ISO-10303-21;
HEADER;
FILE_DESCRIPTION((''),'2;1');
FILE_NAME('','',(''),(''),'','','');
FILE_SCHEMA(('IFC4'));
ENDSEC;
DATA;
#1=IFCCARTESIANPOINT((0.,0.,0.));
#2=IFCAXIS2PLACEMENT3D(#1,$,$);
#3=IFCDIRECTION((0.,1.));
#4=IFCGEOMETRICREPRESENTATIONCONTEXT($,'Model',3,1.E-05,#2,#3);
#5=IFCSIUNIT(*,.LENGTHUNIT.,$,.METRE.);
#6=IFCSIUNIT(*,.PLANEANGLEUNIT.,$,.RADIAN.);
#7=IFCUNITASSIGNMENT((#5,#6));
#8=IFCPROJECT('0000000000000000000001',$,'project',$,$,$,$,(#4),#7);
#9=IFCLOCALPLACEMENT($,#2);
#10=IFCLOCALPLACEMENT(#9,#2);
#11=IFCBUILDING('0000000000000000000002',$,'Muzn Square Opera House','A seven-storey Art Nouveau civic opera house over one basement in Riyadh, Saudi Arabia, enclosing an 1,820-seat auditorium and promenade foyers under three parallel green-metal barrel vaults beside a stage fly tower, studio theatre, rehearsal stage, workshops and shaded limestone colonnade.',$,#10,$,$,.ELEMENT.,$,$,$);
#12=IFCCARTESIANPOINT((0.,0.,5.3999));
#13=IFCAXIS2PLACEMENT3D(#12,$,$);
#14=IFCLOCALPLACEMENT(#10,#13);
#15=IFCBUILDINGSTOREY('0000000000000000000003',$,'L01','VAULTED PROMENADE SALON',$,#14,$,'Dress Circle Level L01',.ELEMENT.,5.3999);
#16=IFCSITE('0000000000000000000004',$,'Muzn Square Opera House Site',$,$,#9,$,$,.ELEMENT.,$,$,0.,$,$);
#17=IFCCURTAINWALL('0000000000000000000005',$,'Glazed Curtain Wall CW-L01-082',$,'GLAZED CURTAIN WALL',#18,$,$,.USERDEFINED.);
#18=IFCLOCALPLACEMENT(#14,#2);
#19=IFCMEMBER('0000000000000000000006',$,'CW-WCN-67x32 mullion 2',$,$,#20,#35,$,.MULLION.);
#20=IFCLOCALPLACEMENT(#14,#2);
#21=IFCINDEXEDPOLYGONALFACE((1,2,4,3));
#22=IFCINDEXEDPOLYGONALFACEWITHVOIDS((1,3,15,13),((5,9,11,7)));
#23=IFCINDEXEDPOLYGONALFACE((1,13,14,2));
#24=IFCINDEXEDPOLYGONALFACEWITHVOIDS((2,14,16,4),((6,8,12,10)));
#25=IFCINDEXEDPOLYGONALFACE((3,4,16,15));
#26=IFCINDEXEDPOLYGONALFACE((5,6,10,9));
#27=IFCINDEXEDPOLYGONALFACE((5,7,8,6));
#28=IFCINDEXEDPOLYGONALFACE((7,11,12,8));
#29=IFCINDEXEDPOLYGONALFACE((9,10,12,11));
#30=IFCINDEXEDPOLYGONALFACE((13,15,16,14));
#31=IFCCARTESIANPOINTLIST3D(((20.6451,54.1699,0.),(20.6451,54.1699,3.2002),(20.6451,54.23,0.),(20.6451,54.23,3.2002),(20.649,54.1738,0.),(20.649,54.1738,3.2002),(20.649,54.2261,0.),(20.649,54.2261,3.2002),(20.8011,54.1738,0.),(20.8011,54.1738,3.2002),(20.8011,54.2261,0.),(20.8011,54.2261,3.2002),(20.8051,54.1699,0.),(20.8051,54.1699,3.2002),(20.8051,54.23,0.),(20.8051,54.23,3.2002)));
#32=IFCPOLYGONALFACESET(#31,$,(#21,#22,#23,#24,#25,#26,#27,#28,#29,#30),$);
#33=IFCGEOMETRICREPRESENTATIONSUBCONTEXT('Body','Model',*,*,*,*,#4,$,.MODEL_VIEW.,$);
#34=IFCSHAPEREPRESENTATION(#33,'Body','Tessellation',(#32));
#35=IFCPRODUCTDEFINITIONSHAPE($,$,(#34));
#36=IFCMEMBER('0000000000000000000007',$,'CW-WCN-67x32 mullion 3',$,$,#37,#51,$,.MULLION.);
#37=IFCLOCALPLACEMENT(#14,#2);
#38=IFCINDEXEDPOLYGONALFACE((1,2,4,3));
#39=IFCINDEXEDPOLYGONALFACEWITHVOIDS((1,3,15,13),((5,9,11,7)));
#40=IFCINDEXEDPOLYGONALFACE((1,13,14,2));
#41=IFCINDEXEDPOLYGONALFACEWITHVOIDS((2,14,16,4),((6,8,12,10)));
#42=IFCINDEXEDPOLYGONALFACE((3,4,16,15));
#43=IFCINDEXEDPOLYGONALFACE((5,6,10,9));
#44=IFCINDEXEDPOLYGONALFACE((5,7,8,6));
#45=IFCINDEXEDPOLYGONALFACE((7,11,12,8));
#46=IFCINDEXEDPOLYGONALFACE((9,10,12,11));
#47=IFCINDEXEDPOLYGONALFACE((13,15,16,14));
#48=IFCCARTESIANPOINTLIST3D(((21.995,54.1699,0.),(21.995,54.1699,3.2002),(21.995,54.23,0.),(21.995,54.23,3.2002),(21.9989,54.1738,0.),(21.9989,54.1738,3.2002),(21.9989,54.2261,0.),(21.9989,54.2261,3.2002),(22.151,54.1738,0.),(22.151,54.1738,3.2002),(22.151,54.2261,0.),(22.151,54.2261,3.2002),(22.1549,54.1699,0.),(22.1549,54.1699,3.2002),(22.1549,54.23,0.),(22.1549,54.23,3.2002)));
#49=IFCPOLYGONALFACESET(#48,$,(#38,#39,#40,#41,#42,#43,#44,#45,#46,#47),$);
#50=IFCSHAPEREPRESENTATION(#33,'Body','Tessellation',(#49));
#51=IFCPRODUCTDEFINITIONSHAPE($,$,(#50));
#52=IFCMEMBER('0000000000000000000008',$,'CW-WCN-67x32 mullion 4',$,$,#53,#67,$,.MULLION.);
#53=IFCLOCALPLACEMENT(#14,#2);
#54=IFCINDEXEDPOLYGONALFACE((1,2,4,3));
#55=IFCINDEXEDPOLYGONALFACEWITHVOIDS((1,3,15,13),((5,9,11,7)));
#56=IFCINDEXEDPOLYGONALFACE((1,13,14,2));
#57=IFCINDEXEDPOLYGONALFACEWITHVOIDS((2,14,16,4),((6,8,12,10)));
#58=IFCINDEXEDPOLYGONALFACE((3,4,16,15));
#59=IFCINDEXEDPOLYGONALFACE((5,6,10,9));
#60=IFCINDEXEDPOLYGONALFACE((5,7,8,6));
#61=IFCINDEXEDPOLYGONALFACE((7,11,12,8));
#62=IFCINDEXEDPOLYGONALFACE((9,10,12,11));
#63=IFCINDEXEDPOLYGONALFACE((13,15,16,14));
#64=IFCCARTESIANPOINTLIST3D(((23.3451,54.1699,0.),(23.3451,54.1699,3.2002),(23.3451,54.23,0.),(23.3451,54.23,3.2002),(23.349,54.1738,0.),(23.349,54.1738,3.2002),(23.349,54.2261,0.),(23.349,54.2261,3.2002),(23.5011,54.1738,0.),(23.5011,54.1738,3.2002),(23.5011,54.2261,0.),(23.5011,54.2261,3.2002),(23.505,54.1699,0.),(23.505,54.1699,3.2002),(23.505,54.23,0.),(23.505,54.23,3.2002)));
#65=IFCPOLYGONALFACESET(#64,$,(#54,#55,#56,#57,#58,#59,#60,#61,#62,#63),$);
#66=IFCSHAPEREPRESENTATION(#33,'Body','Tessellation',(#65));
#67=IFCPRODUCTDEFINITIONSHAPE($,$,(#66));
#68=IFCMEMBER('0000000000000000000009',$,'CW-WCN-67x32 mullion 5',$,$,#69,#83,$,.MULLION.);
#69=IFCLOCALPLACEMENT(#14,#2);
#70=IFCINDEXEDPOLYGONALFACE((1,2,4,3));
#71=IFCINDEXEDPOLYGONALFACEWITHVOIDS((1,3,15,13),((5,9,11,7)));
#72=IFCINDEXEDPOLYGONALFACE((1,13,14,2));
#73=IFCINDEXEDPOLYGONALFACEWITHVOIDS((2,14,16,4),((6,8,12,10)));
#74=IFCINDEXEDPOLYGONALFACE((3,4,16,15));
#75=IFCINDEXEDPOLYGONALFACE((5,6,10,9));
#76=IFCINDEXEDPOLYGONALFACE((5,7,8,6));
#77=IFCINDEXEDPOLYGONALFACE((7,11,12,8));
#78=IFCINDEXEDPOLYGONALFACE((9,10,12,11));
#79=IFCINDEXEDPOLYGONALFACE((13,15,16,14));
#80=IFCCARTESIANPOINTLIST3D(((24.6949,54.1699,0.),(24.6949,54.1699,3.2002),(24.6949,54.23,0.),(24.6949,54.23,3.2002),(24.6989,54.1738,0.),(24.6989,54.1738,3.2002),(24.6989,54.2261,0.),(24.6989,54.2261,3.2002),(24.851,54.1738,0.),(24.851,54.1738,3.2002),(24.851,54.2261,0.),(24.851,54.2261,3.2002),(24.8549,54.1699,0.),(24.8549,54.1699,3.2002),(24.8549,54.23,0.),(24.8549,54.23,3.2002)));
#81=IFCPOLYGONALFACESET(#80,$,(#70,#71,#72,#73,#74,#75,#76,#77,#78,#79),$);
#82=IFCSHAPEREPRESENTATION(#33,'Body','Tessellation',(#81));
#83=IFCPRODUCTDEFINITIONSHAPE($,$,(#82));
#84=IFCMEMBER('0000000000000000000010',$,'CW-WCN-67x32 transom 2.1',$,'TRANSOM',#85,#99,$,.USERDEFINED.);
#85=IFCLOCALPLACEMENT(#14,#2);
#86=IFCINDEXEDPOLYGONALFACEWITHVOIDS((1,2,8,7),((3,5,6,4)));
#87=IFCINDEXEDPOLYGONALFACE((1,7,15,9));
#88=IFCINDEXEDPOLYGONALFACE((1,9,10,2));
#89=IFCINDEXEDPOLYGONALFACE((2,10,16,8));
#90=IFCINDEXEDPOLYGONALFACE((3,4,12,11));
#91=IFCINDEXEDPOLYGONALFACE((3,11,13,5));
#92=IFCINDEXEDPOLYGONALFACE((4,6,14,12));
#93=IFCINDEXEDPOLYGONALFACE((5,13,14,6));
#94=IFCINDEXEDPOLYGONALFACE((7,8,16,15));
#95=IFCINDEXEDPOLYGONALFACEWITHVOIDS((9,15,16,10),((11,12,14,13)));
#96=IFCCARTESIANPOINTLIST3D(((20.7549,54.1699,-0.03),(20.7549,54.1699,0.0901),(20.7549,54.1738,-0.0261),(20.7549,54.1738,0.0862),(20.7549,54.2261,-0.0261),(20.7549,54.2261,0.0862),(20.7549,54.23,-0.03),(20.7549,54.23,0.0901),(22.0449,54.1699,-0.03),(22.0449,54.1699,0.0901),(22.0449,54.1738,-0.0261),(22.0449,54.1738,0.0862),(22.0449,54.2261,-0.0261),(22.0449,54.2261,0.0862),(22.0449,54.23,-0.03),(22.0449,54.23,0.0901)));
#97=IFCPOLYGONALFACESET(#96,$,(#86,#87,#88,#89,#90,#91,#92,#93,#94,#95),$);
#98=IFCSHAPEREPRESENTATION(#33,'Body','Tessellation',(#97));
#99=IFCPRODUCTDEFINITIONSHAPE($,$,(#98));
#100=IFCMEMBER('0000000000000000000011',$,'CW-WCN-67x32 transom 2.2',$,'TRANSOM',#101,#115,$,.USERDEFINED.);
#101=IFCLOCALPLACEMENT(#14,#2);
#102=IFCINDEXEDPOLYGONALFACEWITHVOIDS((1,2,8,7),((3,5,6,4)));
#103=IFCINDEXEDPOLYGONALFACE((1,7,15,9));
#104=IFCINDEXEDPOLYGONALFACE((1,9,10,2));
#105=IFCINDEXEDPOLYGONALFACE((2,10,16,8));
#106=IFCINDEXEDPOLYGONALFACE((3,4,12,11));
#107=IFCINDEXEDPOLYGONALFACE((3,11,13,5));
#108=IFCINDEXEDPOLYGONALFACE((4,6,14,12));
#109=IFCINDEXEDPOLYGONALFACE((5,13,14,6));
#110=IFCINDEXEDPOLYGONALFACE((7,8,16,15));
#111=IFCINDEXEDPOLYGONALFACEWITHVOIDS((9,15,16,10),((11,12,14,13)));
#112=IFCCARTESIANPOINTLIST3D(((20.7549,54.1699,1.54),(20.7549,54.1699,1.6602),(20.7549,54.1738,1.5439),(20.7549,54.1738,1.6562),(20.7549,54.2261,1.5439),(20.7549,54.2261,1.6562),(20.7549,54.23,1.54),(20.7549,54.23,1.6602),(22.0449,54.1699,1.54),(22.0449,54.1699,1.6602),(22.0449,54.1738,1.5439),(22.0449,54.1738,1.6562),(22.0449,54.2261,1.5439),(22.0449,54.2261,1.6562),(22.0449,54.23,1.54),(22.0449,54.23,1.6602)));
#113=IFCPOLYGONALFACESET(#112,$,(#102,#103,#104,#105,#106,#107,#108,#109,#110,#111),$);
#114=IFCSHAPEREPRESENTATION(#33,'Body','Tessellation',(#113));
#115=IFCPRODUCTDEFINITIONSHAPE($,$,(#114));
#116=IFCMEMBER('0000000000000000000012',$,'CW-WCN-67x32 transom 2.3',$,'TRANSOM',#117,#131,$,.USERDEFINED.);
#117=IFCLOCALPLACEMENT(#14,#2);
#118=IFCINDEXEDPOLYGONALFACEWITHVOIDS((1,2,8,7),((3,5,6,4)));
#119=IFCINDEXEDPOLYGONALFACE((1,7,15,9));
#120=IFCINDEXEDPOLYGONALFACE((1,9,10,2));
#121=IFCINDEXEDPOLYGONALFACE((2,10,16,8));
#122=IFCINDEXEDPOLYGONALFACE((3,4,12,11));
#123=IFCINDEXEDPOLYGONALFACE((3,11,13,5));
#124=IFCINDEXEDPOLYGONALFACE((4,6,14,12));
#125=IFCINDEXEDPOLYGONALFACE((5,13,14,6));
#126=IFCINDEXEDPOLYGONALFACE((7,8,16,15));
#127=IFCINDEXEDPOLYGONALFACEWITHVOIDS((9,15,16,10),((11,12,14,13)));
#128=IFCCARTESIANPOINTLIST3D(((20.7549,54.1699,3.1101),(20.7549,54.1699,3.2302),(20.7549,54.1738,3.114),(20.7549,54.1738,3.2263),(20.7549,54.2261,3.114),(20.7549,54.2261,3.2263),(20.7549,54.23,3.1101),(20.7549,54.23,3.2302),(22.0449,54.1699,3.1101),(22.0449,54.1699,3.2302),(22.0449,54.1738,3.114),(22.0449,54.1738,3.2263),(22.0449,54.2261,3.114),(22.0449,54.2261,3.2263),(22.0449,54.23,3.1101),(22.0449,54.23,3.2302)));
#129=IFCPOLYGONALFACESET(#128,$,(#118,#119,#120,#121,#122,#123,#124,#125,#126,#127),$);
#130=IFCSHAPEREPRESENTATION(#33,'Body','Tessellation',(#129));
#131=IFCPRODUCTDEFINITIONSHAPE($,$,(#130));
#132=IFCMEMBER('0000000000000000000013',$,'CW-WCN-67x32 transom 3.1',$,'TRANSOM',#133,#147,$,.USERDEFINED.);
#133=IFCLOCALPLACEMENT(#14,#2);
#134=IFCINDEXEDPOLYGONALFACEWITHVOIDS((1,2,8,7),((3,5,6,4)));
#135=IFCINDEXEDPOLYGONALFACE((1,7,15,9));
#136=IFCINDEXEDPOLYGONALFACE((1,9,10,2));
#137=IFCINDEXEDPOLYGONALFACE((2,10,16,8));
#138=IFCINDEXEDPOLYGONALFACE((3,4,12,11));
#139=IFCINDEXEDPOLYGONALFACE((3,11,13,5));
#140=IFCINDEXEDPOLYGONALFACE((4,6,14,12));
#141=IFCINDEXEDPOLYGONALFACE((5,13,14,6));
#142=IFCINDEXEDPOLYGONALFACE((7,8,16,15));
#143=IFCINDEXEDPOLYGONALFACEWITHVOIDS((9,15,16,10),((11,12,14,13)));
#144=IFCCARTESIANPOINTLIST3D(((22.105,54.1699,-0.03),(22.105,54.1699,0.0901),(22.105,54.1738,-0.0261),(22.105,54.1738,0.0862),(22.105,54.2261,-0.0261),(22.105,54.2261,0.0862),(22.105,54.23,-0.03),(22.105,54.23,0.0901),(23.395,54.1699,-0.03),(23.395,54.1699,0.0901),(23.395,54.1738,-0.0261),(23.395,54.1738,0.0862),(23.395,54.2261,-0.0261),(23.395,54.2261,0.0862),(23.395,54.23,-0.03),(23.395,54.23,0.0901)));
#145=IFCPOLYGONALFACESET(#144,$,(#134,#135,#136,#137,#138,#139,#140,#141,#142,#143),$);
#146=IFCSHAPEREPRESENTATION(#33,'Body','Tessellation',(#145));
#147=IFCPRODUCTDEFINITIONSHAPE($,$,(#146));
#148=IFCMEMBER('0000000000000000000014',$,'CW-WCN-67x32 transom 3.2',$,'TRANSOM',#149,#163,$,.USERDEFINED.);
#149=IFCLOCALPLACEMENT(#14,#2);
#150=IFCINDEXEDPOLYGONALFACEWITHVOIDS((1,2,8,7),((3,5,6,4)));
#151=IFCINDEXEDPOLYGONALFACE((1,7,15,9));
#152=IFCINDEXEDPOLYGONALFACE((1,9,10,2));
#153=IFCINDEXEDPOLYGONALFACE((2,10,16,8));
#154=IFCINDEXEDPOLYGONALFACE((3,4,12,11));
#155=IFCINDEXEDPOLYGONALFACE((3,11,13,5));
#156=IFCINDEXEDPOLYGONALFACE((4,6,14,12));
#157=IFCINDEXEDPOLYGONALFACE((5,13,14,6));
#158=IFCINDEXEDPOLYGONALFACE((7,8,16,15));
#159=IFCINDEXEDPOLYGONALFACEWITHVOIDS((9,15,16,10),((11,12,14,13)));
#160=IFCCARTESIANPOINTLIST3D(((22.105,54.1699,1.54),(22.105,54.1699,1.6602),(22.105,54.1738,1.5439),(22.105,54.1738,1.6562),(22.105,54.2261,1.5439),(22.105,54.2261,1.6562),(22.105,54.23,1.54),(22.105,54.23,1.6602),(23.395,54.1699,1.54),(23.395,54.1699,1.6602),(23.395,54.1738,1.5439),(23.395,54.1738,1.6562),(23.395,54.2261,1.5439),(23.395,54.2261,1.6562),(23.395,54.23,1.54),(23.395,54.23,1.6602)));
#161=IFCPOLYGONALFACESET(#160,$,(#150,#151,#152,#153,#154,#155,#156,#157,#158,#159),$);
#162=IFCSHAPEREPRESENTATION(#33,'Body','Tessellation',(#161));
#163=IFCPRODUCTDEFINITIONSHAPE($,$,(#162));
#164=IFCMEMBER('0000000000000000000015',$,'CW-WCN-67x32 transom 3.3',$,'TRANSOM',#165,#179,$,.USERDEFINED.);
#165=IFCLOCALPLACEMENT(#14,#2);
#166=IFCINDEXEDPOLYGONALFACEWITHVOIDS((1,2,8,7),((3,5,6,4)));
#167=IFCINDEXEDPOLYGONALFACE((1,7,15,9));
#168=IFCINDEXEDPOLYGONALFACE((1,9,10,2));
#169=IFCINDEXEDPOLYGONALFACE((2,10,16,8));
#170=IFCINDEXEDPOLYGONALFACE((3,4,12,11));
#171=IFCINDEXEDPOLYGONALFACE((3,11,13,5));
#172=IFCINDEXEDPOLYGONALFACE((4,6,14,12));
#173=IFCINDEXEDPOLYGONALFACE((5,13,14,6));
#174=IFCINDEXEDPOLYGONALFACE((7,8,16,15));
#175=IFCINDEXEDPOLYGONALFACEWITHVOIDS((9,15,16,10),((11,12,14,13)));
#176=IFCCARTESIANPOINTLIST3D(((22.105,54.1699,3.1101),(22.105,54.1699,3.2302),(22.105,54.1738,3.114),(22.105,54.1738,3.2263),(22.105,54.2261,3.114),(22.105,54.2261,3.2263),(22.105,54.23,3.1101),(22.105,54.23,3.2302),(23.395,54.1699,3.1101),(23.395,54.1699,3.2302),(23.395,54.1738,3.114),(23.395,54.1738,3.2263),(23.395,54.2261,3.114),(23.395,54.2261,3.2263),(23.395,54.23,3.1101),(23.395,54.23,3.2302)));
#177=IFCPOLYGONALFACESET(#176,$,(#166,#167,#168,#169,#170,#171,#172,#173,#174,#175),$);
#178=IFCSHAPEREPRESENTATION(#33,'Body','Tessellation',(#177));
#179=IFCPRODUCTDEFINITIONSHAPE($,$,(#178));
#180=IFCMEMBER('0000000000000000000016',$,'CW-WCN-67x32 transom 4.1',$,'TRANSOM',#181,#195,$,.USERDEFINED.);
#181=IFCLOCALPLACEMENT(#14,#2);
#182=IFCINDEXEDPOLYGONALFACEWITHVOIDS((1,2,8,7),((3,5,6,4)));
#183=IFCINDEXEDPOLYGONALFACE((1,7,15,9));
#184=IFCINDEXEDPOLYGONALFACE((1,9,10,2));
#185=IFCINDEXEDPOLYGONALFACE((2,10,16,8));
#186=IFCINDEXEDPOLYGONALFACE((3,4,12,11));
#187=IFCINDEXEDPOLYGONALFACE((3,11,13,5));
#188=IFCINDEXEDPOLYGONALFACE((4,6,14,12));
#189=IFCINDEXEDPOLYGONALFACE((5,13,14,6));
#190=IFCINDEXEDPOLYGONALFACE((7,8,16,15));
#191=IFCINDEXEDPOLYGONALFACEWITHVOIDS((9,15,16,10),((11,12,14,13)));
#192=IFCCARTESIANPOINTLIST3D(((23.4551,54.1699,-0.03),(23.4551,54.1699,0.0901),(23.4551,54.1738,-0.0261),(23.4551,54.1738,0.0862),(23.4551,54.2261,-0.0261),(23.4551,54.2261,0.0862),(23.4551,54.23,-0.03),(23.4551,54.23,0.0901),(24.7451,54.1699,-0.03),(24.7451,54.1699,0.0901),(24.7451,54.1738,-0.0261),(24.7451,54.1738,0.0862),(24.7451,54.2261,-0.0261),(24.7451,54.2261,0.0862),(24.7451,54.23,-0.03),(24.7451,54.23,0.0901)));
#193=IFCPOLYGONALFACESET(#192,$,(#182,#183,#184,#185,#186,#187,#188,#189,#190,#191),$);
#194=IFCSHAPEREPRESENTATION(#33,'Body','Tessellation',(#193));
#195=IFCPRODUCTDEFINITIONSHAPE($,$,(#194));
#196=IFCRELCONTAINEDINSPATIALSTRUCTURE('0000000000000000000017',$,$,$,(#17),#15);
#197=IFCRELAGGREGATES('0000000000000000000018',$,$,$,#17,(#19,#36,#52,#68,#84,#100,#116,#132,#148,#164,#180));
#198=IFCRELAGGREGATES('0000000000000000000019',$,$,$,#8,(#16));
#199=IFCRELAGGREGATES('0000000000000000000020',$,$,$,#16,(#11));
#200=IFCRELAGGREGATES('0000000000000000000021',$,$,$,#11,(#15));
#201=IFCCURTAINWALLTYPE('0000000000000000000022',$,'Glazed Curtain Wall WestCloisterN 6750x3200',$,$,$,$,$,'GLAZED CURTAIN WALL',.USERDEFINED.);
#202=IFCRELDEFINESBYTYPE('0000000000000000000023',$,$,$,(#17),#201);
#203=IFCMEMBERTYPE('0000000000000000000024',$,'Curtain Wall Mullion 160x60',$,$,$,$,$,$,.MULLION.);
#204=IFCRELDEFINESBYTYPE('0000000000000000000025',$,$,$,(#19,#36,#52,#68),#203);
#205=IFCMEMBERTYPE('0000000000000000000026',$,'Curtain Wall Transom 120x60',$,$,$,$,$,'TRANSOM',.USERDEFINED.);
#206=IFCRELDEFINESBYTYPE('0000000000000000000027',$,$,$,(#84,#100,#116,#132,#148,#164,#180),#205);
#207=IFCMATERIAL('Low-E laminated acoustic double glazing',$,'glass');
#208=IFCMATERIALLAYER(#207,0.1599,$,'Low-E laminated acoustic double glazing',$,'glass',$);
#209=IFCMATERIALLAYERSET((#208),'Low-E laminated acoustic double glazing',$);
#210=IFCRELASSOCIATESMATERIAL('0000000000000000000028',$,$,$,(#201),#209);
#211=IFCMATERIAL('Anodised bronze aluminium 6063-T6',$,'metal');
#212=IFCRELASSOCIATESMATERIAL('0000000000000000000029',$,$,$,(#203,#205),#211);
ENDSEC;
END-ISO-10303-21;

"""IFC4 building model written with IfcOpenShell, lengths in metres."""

from ifc_helpers import new_model, si_unit, direction, frame, origin, origin_2d, place, context, subcontext, project, spatial, hollow_rectangle, extrude, material, layer, layer_set, material_profile, profile_set, type_object, element, aggregate, save


model = new_model("IFC4")

# Units and contexts
model_context = context("Model", 3, precision=1e-05, world=origin(), true_north=direction((0.0, 1.0)))
body_context = subcontext(model_context, "Body", "Model", "MODEL_VIEW")
ifc_project = project(units=[si_unit("LENGTHUNIT", "METRE"), si_unit("PLANEANGLEUNIT", "RADIAN")], contexts=[model_context])

# Site, building, storey
site_placement = place(None, origin())
site = spatial("IfcSite", under=ifc_project, at=site_placement, Name="Muzn Square Opera House Site", CompositionType="ELEMENT", RefElevation=0.0)
building_placement = place(site_placement, origin())
building = spatial("IfcBuilding", under=site, at=building_placement, Name="Muzn Square Opera House", Description="A seven-storey Art Nouveau civic opera house over one basement in Riyadh, Saudi Arabia, enclosing an 1,820-seat auditorium and promenade foyers under three parallel green-metal barrel vaults beside a stage fly tower, studio theatre, rehearsal stage, workshops and shaded limestone colonnade.", CompositionType="ELEMENT")
storey_placement = place(building_placement, frame((0.0, 0.0, 5.3999)))
storey = spatial("IfcBuildingStorey", under=building, at=storey_placement, Name="L01", Description="VAULTED PROMENADE SALON", LongName="Dress Circle Level L01", CompositionType="ELEMENT", Elevation=5.3999)

# Curtain wall, members
ifc_material_1 = material(Name="Low-E laminated acoustic double glazing", Category="glass")
ifc_layer_1 = layer(ifc_material_1, 0.1599, Name="Low-E laminated acoustic double glazing", Category="glass")
ifc_layer_set_1 = layer_set([ifc_layer_1], Name="Low-E laminated acoustic double glazing")
curtain_wall_type = type_object("IfcCurtainWallType", Name="Glazed Curtain Wall WestCloisterN 6750x3200", ElementType="GLAZED CURTAIN WALL", PredefinedType="USERDEFINED", material=ifc_layer_set_1)
curtain_wall_placement = place(storey_placement, origin())
curtain_wall = element("IfcCurtainWall", 1, at=curtain_wall_placement, inside=storey, type_object=curtain_wall_type, Name="Glazed Curtain Wall CW-L01-082", ObjectType="GLAZED CURTAIN WALL", PredefinedType="USERDEFINED")
ifc_material_2 = material(Name="Anodised bronze aluminium 6063-T6", Category="metal")
ifc_material_profile_1 = material_profile(ifc_material_2, hollow_rectangle(XDim=0.0601, YDim=0.1599, WallThickness=0.0039, at=origin_2d()), Name="ALU 160x60x4", Category="metal")
ifc_profile_set_1 = profile_set([ifc_material_profile_1], Name="Anodised bronze aluminium 6063-T6")
member_type_1 = type_object("IfcMemberType", Name="Curtain Wall Mullion 160x60", PredefinedType="MULLION", material=ifc_profile_set_1)
member_1_placement = place(storey_placement, frame((20.7251, 54.2, 0.0), z_axis=(0.0, 0.0, 1.0), x_axis=(0.0, 1.0, 0.0)))
member_1 = element("IfcMember", 2, at=member_1_placement, type_object=member_type_1, Name="CW-WCN-67x32 mullion 2", PredefinedType="MULLION", context=body_context, shape_type="SweptSolid", body=[
    extrude(hollow_rectangle(XDim=0.0601, YDim=0.1599, WallThickness=0.0039, at=origin_2d()), origin(), (0.0, 0.0, 1.0), 3.2002),
])
member_2_placement = place(storey_placement, frame((22.075, 54.2, 0.0), z_axis=(0.0, 0.0, 1.0), x_axis=(0.0, 1.0, 0.0)))
member_2 = element("IfcMember", 3, at=member_2_placement, type_object=member_type_1, Name="CW-WCN-67x32 mullion 3", PredefinedType="MULLION", context=body_context, shape_type="SweptSolid", body=[
    extrude(hollow_rectangle(XDim=0.0601, YDim=0.1599, WallThickness=0.0039, at=origin_2d()), origin(), (0.0, 0.0, 1.0), 3.2002),
])
member_3_placement = place(storey_placement, frame((23.425, 54.2, 0.0), z_axis=(0.0, 0.0, 1.0), x_axis=(0.0, 1.0, 0.0)))
member_3 = element("IfcMember", 4, at=member_3_placement, type_object=member_type_1, Name="CW-WCN-67x32 mullion 4", PredefinedType="MULLION", context=body_context, shape_type="SweptSolid", body=[
    extrude(hollow_rectangle(XDim=0.0601, YDim=0.1599, WallThickness=0.0039, at=origin_2d()), origin(), (0.0, 0.0, 1.0), 3.2002),
])
member_4_placement = place(storey_placement, frame((24.7749, 54.2, 0.0), z_axis=(0.0, 0.0, 1.0), x_axis=(0.0, 1.0, 0.0)))
member_4 = element("IfcMember", 5, at=member_4_placement, type_object=member_type_1, Name="CW-WCN-67x32 mullion 5", PredefinedType="MULLION", context=body_context, shape_type="SweptSolid", body=[
    extrude(hollow_rectangle(XDim=0.0601, YDim=0.1599, WallThickness=0.0039, at=origin_2d()), origin(), (0.0, 0.0, 1.0), 3.2002),
])
ifc_material_profile_2 = material_profile(ifc_material_2, hollow_rectangle(XDim=0.0601, YDim=0.1201, WallThickness=0.0039, at=origin_2d()), Name="ALU 120x60x4", Category="metal")
ifc_profile_set_2 = profile_set([ifc_material_profile_2], Name="Anodised bronze aluminium 6063-T6")
member_type_2 = type_object("IfcMemberType", Name="Curtain Wall Transom 120x60", ElementType="TRANSOM", PredefinedType="USERDEFINED", material=ifc_profile_set_2)
member_5_placement = place(storey_placement, frame((20.7549, 54.2, 0.03), z_axis=(1.0, 0.0, 0.0), x_axis=(0.0, 1.0, 0.0)))
member_5 = element("IfcMember", 6, at=member_5_placement, type_object=member_type_2, Name="CW-WCN-67x32 transom 2.1", ObjectType="TRANSOM", PredefinedType="USERDEFINED", context=body_context, shape_type="SweptSolid", body=[
    extrude(hollow_rectangle(XDim=0.0601, YDim=0.1201, WallThickness=0.0039, at=origin_2d()), origin(), (0.0, 0.0, 1.0), 1.29),
])
member_6_placement = place(storey_placement, frame((20.7549, 54.2, 1.6001), z_axis=(1.0, 0.0, 0.0), x_axis=(0.0, 1.0, 0.0)))
member_6 = element("IfcMember", 7, at=member_6_placement, type_object=member_type_2, Name="CW-WCN-67x32 transom 2.2", ObjectType="TRANSOM", PredefinedType="USERDEFINED", context=body_context, shape_type="SweptSolid", body=[
    extrude(hollow_rectangle(XDim=0.0601, YDim=0.1201, WallThickness=0.0039, at=origin_2d()), origin(), (0.0, 0.0, 1.0), 1.29),
])
member_7_placement = place(storey_placement, frame((20.7549, 54.2, 3.1702), z_axis=(1.0, 0.0, 0.0), x_axis=(0.0, 1.0, 0.0)))
member_7 = element("IfcMember", 8, at=member_7_placement, type_object=member_type_2, Name="CW-WCN-67x32 transom 2.3", ObjectType="TRANSOM", PredefinedType="USERDEFINED", context=body_context, shape_type="SweptSolid", body=[
    extrude(hollow_rectangle(XDim=0.0601, YDim=0.1201, WallThickness=0.0039, at=origin_2d()), origin(), (0.0, 0.0, 1.0), 1.29),
])
member_8_placement = place(storey_placement, frame((22.105, 54.2, 0.03), z_axis=(1.0, 0.0, 0.0), x_axis=(0.0, 1.0, 0.0)))
member_8 = element("IfcMember", 9, at=member_8_placement, type_object=member_type_2, Name="CW-WCN-67x32 transom 3.1", ObjectType="TRANSOM", PredefinedType="USERDEFINED", context=body_context, shape_type="SweptSolid", body=[
    extrude(hollow_rectangle(XDim=0.0601, YDim=0.1201, WallThickness=0.0039, at=origin_2d()), origin(), (0.0, 0.0, 1.0), 1.29),
])
member_9_placement = place(storey_placement, frame((22.105, 54.2, 1.6001), z_axis=(1.0, 0.0, 0.0), x_axis=(0.0, 1.0, 0.0)))
member_9 = element("IfcMember", 10, at=member_9_placement, type_object=member_type_2, Name="CW-WCN-67x32 transom 3.2", ObjectType="TRANSOM", PredefinedType="USERDEFINED", context=body_context, shape_type="SweptSolid", body=[
    extrude(hollow_rectangle(XDim=0.0601, YDim=0.1201, WallThickness=0.0039, at=origin_2d()), origin(), (0.0, 0.0, 1.0), 1.29),
])
member_10_placement = place(storey_placement, frame((22.105, 54.2, 3.1702), z_axis=(1.0, 0.0, 0.0), x_axis=(0.0, 1.0, 0.0)))
member_10 = element("IfcMember", 11, at=member_10_placement, type_object=member_type_2, Name="CW-WCN-67x32 transom 3.3", ObjectType="TRANSOM", PredefinedType="USERDEFINED", context=body_context, shape_type="SweptSolid", body=[
    extrude(hollow_rectangle(XDim=0.0601, YDim=0.1201, WallThickness=0.0039, at=origin_2d()), origin(), (0.0, 0.0, 1.0), 1.29),
])
member_11_placement = place(storey_placement, frame((23.4551, 54.2, 0.03), z_axis=(1.0, 0.0, 0.0), x_axis=(0.0, 1.0, 0.0)))
member_11 = element("IfcMember", 12, at=member_11_placement, type_object=member_type_2, Name="CW-WCN-67x32 transom 4.1", ObjectType="TRANSOM", PredefinedType="USERDEFINED", context=body_context, shape_type="SweptSolid", body=[
    extrude(hollow_rectangle(XDim=0.0601, YDim=0.1201, WallThickness=0.0039, at=origin_2d()), origin(), (0.0, 0.0, 1.0), 1.29),
])
aggregate(curtain_wall, [member_1, member_2, member_3, member_4, member_5, member_6, member_7, member_8, member_9, member_10, member_11])

save(model, "model.ifc")
